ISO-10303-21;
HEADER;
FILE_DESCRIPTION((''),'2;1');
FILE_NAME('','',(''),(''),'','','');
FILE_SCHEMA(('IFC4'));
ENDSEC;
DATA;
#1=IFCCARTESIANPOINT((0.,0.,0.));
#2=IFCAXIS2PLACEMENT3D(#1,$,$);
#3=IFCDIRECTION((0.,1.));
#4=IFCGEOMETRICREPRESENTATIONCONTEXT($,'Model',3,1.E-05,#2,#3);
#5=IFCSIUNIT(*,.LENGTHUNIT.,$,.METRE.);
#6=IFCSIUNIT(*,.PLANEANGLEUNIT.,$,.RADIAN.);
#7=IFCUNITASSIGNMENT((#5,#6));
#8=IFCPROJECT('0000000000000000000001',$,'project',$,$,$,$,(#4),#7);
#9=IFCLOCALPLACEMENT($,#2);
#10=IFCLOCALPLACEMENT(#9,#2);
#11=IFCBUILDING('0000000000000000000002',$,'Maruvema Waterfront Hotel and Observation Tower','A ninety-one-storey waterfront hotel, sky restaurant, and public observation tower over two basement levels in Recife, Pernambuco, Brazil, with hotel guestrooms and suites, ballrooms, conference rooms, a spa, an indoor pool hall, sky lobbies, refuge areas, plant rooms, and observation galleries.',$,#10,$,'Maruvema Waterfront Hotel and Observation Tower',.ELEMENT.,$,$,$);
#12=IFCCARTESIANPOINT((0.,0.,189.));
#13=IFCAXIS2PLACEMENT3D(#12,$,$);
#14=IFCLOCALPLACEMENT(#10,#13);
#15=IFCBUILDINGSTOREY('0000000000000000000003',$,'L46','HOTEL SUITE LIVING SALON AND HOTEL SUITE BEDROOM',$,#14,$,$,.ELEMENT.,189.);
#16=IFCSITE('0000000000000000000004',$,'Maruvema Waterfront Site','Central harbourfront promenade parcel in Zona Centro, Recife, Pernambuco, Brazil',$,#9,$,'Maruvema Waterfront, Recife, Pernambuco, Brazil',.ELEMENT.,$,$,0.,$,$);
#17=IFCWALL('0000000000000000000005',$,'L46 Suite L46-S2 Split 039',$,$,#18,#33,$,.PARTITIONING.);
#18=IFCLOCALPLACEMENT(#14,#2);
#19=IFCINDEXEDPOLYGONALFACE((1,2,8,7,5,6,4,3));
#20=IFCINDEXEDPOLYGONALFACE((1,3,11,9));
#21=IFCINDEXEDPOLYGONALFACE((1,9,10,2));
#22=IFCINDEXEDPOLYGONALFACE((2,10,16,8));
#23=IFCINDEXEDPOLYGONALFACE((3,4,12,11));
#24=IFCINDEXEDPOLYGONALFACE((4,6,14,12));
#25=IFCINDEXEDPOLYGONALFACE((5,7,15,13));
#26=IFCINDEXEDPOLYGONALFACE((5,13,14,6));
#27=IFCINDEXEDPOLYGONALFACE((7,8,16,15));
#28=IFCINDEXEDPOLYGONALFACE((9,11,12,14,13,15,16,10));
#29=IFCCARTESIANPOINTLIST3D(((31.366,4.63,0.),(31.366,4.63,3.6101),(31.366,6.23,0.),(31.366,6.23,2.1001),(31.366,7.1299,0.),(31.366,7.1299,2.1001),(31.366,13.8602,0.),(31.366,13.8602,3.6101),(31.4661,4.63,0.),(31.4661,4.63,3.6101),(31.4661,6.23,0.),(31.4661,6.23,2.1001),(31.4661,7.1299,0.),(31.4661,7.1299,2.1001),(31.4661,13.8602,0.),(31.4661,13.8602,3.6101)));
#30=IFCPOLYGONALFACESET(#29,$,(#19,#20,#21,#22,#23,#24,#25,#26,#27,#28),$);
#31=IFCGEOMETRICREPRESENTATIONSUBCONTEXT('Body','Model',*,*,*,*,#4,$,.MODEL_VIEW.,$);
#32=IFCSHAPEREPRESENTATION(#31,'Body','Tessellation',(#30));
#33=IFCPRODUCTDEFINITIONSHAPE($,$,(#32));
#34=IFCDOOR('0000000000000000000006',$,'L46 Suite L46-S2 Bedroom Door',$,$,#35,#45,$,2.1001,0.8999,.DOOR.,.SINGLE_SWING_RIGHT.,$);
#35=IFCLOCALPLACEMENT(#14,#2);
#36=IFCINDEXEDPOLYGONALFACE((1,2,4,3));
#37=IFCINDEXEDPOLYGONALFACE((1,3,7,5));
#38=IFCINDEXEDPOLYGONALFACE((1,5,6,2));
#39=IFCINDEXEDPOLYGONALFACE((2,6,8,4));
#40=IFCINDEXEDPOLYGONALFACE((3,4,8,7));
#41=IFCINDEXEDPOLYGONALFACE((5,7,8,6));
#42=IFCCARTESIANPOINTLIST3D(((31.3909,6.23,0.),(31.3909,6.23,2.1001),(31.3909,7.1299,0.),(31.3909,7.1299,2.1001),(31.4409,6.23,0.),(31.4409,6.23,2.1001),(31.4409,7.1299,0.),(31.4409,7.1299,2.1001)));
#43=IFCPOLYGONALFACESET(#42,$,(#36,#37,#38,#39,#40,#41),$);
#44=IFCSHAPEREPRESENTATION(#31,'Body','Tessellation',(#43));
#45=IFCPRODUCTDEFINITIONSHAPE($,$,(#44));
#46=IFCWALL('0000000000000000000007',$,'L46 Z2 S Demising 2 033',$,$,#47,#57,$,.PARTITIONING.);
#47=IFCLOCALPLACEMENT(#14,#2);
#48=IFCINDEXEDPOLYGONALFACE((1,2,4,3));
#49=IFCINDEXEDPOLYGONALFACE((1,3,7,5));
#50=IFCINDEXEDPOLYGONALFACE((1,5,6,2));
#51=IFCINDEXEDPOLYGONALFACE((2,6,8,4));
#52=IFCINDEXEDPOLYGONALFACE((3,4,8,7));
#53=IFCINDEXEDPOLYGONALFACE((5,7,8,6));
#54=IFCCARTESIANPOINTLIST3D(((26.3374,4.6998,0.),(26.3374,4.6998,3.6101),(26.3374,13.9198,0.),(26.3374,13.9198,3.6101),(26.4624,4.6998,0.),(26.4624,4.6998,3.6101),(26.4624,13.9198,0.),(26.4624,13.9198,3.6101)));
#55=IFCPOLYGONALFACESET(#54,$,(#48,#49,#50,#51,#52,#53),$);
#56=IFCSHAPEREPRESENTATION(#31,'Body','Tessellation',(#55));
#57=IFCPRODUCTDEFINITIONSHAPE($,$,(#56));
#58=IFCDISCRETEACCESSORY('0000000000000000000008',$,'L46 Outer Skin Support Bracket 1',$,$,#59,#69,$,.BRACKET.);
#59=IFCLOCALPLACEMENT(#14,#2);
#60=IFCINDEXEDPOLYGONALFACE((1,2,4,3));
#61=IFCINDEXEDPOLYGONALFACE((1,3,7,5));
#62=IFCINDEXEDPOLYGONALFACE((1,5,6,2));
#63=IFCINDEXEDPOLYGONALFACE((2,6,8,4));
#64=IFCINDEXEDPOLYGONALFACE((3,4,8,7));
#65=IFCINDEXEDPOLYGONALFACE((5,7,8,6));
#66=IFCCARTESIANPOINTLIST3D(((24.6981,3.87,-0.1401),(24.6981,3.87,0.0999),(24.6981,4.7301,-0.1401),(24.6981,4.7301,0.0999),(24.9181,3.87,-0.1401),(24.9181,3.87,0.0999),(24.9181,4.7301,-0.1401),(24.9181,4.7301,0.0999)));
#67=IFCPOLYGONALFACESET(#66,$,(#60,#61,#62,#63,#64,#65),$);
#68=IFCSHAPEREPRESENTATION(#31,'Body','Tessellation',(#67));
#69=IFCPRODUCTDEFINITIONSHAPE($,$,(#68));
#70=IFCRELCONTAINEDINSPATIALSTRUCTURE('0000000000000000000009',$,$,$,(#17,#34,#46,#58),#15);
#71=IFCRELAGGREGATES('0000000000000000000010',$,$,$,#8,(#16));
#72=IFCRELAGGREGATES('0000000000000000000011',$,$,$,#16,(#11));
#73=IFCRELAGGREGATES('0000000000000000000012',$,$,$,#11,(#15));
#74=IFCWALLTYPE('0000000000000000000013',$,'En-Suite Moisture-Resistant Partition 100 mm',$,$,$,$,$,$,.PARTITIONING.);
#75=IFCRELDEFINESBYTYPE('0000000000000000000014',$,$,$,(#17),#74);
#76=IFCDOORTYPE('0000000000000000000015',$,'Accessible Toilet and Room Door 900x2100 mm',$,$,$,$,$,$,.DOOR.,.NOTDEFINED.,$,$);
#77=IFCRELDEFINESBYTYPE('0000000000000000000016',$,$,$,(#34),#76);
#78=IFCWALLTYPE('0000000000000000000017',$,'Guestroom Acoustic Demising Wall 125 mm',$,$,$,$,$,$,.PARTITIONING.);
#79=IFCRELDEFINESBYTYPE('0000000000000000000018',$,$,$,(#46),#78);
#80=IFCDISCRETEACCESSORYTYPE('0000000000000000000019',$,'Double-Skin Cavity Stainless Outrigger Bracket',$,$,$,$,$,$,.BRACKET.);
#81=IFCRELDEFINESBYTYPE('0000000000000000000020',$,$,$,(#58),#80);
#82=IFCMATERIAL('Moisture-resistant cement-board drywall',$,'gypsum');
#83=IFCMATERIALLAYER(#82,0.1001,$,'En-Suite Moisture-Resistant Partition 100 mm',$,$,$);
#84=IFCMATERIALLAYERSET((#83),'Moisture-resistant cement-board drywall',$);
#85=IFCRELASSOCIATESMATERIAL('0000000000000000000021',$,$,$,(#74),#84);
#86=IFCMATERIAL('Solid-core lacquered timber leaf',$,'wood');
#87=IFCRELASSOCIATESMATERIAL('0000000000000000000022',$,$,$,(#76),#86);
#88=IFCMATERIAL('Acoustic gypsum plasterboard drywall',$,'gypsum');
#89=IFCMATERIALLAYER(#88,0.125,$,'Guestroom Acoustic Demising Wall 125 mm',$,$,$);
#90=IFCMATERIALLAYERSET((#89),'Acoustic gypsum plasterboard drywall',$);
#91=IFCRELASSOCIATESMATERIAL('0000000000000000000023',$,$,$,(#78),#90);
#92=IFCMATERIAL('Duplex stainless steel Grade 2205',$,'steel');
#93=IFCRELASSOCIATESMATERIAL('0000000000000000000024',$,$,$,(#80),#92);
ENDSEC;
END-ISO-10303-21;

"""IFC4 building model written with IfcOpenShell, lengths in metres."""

from ifc_helpers import new_model, si_unit, direction, frame, frame_2d, origin, origin_2d, place, context, subcontext, project, spatial, rectangle, extrude, material, layer, layer_set, type_object, element, fill, save


model = new_model("IFC4")

# Units and contexts
model_context = context("Model", 3, precision=1e-05, world=origin(), true_north=direction((0.0, 1.0)))
body_context = subcontext(model_context, "Body", "Model", "MODEL_VIEW")
ifc_project = project(units=[si_unit("LENGTHUNIT", "METRE"), si_unit("PLANEANGLEUNIT", "RADIAN")], contexts=[model_context])

# Site, building, storey
site_placement = place(None, origin())
site = spatial("IfcSite", under=ifc_project, at=site_placement, Name="Maruvema Waterfront Site", Description="Central harbourfront promenade parcel in Zona Centro, Recife, Pernambuco, Brazil", LongName="Maruvema Waterfront, Recife, Pernambuco, Brazil", CompositionType="ELEMENT", RefElevation=0.0)
building_placement = place(site_placement, origin())
building = spatial("IfcBuilding", under=site, at=building_placement, Name="Maruvema Waterfront Hotel and Observation Tower", Description="A ninety-one-storey waterfront hotel, sky restaurant, and public observation tower over two basement levels in Recife, Pernambuco, Brazil, with hotel guestrooms and suites, ballrooms, conference rooms, a spa, an indoor pool hall, sky lobbies, refuge areas, plant rooms, and observation galleries.", LongName="Maruvema Waterfront Hotel and Observation Tower", CompositionType="ELEMENT")
storey_placement = place(building_placement, frame((0.0, 0.0, 189.0)))
storey = spatial("IfcBuildingStorey", under=building, at=storey_placement, Name="L46", Description="HOTEL SUITE LIVING SALON AND HOTEL SUITE BEDROOM", CompositionType="ELEMENT", Elevation=189.0)

# Shared definitions
ifc_material_1 = material(Name="Moisture-resistant cement-board drywall", Category="gypsum")
ifc_layer_1 = layer(ifc_material_1, 0.1001, Name="En-Suite Moisture-Resistant Partition 100 mm")
ifc_layer_set_1 = layer_set([ifc_layer_1], Name="Moisture-resistant cement-board drywall")
wall_type_1 = type_object("IfcWallType", Name="En-Suite Moisture-Resistant Partition 100 mm", PredefinedType="PARTITIONING", material=ifc_layer_set_1)

# Wall, opening, door
wall_1_placement = place(storey_placement, frame((31.416, 4.6299, 0.0), z_axis=(0.0, 0.0, 1.0), x_axis=(0.0, 1.0, 0.0)))
wall_1 = element("IfcWall", 1, at=wall_1_placement, inside=storey, type_object=wall_type_1, Name="L46 Suite L46-S2 Split 039", PredefinedType="PARTITIONING", context=body_context, shape_type="SweptSolid", body=[
    extrude(rectangle(XDim=9.2302, YDim=0.1001, at=frame_2d((4.6152, 0.0))), origin(), (0.0, 0.0, 1.0), 3.6101),
])
opening_1_placement = place(wall_1_placement, frame((1.6001, 0.0, 0.0)))
opening_1 = element("IfcOpeningElement", 2, at=opening_1_placement, cuts=wall_1, PredefinedType="OPENING", context=body_context, shape_type="SweptSolid", body=[
    extrude(rectangle(XDim=0.8999, YDim=2.1001, at=frame_2d((0.45, 1.05))), frame((0.0, 0.0601, 0.0), z_axis=(0.0, -1.0, 0.0), x_axis=(1.0, 0.0, 0.0)), (0.0, 0.0, 1.0), 0.1201),
])
ifc_material_2 = material(Name="Solid-core lacquered timber leaf", Category="wood")
door_type_1 = type_object("IfcDoorType", Name="Accessible Toilet and Room Door 900x2100 mm", OperationType="NOTDEFINED", PredefinedType="DOOR", material=ifc_material_2)
door_1_placement = place(opening_1_placement, frame((0.8999, 0.0, 0.0), z_axis=(0.0, 0.0, 1.0), x_axis=(-1.0, 0.0, 0.0)))
door_1 = element("IfcDoor", 3, at=door_1_placement, inside=storey, type_object=door_type_1, Name="L46 Suite L46-S2 Bedroom Door", OperationType="SINGLE_SWING_RIGHT", OverallHeight=2.1001, OverallWidth=0.8999, PredefinedType="DOOR", context=body_context, shape_type="SweptSolid", body=[
    extrude(rectangle(XDim=0.8999, YDim=2.1001, at=frame_2d((0.45, 1.05))), frame((0.0, 0.0249, 0.0), z_axis=(0.0, -1.0, 0.0), x_axis=(1.0, 0.0, 0.0)), (0.0, 0.0, 1.0), 0.05),
])
fill(opening_1, door_1)

# Wall
ifc_material_3 = material(Name="Acoustic gypsum plasterboard drywall", Category="gypsum")
ifc_layer_2 = layer(ifc_material_3, 0.125, Name="Guestroom Acoustic Demising Wall 125 mm")
ifc_layer_set_2 = layer_set([ifc_layer_2], Name="Acoustic gypsum plasterboard drywall")
wall_type_2 = type_object("IfcWallType", Name="Guestroom Acoustic Demising Wall 125 mm", PredefinedType="PARTITIONING", material=ifc_layer_set_2)
wall_2_placement = place(storey_placement, frame((26.3999, 4.7, 0.0), z_axis=(0.0, 0.0, 1.0), x_axis=(0.0, 1.0, 0.0)))
element("IfcWall", 4, at=wall_2_placement, inside=storey, type_object=wall_type_2, Name="L46 Z2 S Demising 2 033", PredefinedType="PARTITIONING", context=body_context, shape_type="SweptSolid", body=[
    extrude(rectangle(XDim=9.22, YDim=0.125, at=frame_2d((4.6099, 0.0))), origin(), (0.0, 0.0, 1.0), 3.6101),
])

# Discrete accessory
ifc_material_4 = material(Name="Duplex stainless steel Grade 2205", Category="steel")
discrete_accessory_type = type_object("IfcDiscreteAccessoryType", Name="Double-Skin Cavity Stainless Outrigger Bracket", PredefinedType="BRACKET", material=ifc_material_4)
discrete_accessory_placement = place(storey_placement, frame((24.8081, 4.3, -0.1401), z_axis=(0.0, 0.0, 1.0), x_axis=(1.0, 0.0, 0.0)))
element("IfcDiscreteAccessory", 5, at=discrete_accessory_placement, inside=storey, type_object=discrete_accessory_type, Name="L46 Outer Skin Support Bracket 1", PredefinedType="BRACKET", context=body_context, shape_type="SweptSolid", body=[
    extrude(rectangle(XDim=0.22, YDim=0.8601, at=origin_2d()), origin(), (0.0, 0.0, 1.0), 0.24),
])

save(model, "model.ifc")
